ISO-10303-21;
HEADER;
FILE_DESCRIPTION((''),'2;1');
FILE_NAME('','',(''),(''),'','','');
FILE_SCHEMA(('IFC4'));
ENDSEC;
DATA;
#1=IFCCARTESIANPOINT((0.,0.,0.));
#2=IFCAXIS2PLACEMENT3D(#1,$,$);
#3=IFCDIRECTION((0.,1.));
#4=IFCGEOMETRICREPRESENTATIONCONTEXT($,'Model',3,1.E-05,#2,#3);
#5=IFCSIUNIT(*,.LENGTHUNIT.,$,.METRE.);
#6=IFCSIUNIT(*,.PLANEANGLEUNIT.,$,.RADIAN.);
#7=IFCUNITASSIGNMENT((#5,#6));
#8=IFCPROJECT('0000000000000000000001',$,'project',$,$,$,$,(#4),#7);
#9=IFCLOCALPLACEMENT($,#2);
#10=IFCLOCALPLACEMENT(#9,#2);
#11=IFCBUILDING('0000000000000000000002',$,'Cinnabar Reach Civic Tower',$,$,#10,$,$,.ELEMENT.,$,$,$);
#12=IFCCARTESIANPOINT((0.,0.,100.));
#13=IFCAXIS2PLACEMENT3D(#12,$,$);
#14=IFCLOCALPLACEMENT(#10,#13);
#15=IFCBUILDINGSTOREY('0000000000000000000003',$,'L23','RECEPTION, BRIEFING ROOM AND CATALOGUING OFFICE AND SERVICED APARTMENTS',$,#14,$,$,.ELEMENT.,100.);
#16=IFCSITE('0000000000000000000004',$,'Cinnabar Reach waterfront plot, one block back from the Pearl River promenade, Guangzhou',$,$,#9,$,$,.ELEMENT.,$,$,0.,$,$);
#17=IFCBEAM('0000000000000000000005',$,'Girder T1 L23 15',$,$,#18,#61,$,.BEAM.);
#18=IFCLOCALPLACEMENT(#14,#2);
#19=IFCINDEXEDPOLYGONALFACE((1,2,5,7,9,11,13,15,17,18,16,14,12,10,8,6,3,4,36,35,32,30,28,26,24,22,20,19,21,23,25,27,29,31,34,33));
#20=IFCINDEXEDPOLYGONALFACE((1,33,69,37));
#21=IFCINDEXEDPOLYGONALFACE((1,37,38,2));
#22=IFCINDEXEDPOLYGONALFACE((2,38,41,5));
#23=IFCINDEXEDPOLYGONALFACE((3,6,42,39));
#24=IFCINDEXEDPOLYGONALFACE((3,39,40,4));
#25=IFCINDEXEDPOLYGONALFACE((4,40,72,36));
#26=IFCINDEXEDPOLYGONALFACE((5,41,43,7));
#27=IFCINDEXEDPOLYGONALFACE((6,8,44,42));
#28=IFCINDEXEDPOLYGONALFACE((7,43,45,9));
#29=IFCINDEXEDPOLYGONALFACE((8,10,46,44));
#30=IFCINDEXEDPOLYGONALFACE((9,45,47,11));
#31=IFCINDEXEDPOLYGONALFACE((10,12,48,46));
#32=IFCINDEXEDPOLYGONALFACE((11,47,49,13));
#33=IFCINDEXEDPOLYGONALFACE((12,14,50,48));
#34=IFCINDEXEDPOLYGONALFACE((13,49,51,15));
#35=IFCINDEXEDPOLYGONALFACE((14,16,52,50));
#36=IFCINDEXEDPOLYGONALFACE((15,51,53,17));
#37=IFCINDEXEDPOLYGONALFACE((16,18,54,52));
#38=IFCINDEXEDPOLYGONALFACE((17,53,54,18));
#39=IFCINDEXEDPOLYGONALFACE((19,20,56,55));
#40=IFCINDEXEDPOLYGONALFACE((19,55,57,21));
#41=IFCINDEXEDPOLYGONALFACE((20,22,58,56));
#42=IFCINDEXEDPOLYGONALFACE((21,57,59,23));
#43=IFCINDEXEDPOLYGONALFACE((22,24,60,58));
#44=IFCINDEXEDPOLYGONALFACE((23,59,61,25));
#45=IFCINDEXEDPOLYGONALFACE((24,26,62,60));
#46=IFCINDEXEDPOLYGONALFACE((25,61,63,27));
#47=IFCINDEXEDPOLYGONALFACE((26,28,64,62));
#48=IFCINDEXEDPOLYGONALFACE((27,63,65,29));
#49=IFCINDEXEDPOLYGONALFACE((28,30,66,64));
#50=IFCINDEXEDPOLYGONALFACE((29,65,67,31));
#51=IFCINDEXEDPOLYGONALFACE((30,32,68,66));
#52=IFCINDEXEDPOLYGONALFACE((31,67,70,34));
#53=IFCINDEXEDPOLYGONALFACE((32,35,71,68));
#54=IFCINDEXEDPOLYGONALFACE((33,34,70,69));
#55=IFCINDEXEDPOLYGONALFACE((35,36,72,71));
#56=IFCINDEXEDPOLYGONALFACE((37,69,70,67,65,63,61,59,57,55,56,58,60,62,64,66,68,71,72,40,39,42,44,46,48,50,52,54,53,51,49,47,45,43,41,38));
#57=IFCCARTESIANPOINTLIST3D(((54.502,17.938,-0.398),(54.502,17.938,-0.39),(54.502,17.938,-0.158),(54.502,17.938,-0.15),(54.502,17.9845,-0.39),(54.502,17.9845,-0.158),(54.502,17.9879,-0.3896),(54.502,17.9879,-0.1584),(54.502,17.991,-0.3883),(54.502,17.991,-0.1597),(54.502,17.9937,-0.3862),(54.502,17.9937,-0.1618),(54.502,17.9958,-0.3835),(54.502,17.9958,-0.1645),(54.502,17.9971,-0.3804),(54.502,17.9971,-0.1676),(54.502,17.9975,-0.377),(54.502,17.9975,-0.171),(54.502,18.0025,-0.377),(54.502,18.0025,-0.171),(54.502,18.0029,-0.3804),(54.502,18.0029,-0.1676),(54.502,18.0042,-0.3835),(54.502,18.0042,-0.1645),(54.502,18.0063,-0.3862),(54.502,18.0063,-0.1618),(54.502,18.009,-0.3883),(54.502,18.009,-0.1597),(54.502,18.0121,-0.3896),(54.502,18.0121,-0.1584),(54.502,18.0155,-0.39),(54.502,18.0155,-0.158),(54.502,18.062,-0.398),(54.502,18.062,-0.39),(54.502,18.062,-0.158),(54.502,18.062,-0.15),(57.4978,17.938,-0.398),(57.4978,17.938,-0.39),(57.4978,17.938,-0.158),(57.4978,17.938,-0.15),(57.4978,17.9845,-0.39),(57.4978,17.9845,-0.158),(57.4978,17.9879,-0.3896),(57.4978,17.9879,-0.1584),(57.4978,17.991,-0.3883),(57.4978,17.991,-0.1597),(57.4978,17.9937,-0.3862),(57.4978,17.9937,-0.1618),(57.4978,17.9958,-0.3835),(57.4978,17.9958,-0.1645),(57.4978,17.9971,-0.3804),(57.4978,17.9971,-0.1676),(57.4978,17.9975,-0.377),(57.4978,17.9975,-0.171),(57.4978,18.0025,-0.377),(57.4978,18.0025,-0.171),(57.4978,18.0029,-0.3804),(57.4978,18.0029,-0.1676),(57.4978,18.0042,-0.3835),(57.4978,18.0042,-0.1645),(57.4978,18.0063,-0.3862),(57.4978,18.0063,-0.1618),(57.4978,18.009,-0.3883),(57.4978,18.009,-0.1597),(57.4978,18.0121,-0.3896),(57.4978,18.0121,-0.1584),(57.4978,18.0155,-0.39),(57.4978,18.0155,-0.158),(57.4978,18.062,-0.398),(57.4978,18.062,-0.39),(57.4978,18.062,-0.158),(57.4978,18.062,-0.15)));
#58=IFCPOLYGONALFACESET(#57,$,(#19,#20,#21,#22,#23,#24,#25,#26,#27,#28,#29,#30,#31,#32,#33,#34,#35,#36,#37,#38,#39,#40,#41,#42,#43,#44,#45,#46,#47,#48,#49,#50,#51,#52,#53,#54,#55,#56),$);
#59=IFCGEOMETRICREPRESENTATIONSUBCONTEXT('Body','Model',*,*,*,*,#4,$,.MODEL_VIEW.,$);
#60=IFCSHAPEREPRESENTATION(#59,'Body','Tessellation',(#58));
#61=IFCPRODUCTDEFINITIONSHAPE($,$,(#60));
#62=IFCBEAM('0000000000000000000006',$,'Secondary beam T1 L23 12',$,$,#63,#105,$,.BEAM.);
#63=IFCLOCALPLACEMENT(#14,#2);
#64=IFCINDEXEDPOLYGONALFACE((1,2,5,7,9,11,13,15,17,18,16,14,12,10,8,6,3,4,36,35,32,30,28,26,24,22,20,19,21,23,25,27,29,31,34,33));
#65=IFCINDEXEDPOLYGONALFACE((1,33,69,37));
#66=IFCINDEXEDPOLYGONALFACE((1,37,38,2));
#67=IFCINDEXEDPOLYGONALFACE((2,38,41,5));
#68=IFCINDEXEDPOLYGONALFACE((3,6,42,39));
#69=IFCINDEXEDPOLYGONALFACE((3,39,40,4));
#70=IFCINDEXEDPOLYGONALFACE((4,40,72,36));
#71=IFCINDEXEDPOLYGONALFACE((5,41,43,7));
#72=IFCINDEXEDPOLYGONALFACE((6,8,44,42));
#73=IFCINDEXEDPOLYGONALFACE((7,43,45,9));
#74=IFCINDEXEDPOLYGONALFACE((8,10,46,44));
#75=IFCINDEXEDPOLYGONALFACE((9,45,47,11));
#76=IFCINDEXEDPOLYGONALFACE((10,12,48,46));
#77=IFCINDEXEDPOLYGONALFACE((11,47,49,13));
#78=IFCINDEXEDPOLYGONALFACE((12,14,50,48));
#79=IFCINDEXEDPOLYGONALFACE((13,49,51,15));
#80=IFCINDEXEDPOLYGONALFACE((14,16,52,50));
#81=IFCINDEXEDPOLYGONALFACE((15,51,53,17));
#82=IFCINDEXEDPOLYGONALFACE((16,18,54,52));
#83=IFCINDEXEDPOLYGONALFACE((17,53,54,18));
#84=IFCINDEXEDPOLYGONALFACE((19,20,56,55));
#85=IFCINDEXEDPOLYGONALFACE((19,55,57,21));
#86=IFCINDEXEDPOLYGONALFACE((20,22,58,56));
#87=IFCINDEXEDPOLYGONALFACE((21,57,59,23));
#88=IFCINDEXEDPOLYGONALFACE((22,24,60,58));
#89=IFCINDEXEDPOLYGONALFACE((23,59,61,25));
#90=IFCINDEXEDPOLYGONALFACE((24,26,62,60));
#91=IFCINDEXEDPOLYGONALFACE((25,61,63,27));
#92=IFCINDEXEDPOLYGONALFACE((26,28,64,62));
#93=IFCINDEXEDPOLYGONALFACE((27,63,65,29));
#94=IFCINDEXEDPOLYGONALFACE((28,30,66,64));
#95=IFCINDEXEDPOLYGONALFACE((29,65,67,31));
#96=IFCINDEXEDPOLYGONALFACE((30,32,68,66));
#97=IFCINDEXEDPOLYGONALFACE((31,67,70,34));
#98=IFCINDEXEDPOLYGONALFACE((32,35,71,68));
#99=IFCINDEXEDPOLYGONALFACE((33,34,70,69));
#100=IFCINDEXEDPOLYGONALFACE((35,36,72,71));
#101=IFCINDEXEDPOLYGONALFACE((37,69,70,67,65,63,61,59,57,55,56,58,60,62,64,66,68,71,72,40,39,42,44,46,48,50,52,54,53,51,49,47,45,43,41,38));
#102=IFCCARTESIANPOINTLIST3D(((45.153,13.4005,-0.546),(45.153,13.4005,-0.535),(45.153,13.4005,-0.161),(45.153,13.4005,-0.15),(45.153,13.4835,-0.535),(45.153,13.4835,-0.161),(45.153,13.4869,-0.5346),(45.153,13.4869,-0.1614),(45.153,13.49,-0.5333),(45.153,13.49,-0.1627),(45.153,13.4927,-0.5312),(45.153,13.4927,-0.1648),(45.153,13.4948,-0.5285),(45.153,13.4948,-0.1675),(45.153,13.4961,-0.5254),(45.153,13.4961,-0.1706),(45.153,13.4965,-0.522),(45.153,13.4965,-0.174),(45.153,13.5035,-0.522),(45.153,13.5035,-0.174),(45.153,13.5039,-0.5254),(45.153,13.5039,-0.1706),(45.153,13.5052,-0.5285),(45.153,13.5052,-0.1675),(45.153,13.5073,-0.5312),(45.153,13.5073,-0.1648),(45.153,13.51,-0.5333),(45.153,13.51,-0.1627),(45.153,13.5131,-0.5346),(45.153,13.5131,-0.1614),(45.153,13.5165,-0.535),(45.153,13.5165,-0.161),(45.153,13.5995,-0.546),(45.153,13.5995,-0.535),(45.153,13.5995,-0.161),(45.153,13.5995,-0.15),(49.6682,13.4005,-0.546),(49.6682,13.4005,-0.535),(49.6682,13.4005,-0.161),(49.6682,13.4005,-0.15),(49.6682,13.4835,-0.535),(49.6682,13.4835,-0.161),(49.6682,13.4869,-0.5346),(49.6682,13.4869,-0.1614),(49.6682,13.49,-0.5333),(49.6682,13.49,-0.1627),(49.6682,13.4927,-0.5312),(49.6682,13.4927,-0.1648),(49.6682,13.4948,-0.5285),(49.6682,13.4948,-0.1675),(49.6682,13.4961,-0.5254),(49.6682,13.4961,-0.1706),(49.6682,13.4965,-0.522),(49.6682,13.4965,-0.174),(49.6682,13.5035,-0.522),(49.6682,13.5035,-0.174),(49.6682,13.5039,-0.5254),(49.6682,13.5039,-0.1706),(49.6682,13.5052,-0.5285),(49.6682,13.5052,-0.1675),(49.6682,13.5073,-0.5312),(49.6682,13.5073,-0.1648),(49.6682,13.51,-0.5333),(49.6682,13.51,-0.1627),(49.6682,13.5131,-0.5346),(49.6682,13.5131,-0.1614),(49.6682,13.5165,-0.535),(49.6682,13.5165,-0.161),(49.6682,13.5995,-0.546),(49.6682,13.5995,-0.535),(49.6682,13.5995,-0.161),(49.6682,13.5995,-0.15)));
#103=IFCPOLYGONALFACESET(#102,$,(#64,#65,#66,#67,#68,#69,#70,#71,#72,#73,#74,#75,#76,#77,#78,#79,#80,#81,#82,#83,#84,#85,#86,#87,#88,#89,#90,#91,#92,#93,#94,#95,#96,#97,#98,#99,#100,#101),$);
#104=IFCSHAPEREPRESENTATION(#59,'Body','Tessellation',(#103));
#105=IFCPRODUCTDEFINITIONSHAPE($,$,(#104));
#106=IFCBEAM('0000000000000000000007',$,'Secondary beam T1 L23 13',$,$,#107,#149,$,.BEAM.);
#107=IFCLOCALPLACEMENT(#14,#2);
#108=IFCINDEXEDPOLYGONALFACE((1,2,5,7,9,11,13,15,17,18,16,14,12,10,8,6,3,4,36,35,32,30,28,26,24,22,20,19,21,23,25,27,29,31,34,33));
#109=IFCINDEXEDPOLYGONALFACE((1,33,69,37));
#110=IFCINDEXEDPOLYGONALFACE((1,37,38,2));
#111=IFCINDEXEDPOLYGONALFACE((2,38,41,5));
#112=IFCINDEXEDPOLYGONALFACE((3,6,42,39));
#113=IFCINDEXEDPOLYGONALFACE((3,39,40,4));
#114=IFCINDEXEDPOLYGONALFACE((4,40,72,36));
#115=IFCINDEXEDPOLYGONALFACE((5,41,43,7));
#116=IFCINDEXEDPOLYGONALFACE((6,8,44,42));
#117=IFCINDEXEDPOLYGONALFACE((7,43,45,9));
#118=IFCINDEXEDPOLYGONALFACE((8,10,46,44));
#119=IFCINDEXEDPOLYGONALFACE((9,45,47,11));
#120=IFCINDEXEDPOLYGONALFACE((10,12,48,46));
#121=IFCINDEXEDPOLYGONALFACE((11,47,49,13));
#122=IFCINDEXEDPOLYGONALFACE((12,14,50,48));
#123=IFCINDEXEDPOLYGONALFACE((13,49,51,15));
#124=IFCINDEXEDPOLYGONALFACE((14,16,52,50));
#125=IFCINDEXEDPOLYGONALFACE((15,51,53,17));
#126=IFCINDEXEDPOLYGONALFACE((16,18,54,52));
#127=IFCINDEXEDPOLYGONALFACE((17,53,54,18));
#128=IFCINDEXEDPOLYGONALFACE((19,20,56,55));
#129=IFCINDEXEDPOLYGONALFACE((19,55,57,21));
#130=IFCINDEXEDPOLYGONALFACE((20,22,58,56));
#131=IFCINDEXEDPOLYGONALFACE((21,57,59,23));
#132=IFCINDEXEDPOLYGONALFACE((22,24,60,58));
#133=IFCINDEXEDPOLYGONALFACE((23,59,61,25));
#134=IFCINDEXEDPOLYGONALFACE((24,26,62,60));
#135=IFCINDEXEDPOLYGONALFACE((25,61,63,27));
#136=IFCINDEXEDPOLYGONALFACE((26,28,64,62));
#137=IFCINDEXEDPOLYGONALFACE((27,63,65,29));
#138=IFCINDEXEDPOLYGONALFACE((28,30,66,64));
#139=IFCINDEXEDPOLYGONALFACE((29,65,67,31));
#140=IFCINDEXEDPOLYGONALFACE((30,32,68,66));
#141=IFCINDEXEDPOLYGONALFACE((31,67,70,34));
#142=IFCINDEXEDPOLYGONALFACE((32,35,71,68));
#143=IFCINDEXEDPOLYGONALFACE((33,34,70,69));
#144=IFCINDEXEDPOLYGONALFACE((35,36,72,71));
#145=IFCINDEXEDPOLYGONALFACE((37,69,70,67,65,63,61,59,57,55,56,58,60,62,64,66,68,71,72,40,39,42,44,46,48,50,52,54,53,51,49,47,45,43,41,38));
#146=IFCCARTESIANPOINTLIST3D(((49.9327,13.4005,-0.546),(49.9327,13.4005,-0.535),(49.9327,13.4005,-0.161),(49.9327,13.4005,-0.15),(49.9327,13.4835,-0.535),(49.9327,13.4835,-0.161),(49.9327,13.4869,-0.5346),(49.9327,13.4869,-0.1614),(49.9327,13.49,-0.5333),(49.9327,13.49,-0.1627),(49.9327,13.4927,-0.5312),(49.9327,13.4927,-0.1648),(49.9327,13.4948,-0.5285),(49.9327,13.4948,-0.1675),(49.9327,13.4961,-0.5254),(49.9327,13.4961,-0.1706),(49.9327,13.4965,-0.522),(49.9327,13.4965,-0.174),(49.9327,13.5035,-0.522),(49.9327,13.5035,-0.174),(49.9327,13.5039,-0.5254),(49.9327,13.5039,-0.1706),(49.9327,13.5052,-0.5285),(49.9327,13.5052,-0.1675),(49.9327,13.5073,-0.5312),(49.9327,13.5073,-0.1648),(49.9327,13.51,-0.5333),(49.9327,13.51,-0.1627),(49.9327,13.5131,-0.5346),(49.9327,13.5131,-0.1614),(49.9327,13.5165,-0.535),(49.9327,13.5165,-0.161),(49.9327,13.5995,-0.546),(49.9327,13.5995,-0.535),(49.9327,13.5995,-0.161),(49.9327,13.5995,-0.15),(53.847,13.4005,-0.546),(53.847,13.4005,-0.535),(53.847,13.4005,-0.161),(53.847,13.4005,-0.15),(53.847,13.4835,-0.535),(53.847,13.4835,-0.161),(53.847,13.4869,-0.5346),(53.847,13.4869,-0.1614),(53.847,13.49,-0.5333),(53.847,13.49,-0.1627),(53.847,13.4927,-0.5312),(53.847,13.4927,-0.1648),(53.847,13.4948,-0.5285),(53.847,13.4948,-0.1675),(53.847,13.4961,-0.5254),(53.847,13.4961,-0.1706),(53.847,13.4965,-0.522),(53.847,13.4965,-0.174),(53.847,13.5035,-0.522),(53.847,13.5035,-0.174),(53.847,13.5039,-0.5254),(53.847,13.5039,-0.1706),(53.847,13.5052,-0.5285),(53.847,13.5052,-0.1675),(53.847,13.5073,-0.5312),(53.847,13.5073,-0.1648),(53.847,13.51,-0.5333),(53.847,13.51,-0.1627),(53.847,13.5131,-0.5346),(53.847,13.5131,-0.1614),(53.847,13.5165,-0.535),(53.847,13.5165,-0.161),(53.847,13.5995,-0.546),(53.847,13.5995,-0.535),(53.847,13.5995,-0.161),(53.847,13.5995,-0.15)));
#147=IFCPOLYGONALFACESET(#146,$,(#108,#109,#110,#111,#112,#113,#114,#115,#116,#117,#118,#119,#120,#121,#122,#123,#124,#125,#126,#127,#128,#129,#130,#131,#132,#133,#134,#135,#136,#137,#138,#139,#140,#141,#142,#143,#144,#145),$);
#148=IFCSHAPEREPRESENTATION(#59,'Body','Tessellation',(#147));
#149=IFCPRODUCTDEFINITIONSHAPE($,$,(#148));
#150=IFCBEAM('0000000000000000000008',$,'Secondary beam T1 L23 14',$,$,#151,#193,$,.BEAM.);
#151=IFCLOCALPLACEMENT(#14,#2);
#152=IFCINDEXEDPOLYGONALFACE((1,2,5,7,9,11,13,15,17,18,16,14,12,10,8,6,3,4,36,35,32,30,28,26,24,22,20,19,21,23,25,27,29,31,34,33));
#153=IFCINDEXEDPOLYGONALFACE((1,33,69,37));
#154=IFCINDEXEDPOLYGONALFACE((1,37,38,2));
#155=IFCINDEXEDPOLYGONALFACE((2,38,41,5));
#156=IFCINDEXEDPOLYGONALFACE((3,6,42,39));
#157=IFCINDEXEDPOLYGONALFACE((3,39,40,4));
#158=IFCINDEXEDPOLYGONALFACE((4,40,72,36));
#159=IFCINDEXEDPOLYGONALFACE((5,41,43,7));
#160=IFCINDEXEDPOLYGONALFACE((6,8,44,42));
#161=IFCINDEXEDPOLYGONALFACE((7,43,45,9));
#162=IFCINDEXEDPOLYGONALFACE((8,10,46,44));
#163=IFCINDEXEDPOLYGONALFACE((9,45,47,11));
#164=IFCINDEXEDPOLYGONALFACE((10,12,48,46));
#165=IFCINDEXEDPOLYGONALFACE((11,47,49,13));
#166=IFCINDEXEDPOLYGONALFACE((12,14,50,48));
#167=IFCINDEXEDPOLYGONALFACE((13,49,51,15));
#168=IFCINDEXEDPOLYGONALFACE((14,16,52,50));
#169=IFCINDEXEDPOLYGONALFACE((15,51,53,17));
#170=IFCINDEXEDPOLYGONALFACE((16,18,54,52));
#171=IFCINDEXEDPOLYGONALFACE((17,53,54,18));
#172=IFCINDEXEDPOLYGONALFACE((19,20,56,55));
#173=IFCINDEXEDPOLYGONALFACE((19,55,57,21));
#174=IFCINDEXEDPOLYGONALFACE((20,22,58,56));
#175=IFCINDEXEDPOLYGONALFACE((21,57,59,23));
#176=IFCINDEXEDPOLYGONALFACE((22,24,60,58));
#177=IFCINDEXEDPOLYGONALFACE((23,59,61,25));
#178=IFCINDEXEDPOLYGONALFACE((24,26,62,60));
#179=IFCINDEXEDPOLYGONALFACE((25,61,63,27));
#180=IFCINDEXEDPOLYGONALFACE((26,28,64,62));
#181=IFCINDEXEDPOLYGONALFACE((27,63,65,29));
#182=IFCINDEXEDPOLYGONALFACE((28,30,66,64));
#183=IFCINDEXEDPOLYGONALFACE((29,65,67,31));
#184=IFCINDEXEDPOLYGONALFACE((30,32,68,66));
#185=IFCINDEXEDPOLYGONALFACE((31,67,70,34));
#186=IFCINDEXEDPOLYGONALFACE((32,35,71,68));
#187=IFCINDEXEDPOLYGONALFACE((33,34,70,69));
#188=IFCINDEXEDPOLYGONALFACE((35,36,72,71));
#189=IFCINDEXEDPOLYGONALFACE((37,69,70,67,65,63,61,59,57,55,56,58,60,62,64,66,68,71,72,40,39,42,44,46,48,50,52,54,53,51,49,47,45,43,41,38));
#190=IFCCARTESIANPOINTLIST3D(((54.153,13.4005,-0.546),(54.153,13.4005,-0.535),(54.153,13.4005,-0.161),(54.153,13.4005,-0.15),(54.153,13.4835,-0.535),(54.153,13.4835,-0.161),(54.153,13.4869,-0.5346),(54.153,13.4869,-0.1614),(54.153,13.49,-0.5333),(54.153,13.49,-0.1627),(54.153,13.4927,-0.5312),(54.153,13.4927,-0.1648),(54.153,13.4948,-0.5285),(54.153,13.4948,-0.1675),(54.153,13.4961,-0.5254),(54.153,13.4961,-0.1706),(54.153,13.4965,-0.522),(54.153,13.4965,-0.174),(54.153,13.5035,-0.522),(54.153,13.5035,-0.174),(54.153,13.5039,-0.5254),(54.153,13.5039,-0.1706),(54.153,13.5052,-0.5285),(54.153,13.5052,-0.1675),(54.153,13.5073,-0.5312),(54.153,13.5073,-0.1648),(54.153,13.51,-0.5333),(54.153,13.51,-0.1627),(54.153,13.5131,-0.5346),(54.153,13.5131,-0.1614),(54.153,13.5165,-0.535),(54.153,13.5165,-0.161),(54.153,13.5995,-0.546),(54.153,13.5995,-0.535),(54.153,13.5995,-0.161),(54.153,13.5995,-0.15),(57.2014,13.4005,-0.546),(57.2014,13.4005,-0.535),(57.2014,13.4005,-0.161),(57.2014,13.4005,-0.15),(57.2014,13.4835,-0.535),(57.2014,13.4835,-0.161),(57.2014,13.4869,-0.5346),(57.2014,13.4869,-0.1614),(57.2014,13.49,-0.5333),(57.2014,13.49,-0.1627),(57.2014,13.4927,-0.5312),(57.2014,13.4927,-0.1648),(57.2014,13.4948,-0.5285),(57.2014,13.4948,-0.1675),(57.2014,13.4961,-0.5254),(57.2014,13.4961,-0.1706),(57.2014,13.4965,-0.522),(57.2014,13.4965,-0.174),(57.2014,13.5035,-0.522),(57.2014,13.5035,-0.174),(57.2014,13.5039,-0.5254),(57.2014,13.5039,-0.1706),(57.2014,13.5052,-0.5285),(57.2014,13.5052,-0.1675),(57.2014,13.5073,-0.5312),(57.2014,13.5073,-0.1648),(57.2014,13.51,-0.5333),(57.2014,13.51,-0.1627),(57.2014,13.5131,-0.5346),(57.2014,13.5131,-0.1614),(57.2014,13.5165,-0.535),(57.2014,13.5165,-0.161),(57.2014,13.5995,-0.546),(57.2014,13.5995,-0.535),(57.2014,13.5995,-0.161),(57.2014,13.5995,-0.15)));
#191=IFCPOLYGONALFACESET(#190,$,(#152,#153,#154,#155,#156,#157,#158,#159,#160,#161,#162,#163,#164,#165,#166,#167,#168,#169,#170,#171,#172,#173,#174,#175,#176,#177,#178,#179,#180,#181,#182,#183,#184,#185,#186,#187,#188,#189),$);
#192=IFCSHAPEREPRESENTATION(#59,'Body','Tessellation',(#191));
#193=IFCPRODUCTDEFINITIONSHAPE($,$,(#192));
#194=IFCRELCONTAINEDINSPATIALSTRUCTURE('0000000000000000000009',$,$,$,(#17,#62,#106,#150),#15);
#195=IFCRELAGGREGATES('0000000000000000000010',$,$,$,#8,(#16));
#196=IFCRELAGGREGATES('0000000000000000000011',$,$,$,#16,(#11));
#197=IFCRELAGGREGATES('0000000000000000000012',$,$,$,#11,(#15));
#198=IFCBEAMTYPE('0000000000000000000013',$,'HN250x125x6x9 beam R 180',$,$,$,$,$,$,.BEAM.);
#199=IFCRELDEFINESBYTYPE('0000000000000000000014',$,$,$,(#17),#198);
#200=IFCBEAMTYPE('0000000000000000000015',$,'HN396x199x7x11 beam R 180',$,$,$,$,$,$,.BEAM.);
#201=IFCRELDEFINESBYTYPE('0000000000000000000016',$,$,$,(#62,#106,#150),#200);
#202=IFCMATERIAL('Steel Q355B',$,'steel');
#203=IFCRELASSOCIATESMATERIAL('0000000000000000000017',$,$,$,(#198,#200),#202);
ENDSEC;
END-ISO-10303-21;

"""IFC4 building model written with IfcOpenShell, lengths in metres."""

from ifc_helpers import new_model, si_unit, direction, frame, origin, origin_2d, place, context, subcontext, project, spatial, i_section, extrude, material, material_profile, profile_set, type_object, element, save


model = new_model("IFC4")

# Units and contexts
model_context = context("Model", 3, precision=1e-05, world=origin(), true_north=direction((0.0, 1.0)))
body_context = subcontext(model_context, "Body", "Model", "MODEL_VIEW")
ifc_project = project(units=[si_unit("LENGTHUNIT", "METRE"), si_unit("PLANEANGLEUNIT", "RADIAN")], contexts=[model_context])

# Site, building, storey
site_placement = place(None, origin())
site = spatial("IfcSite", under=ifc_project, at=site_placement, Name="Cinnabar Reach waterfront plot, one block back from the Pearl River promenade, Guangzhou", CompositionType="ELEMENT", RefElevation=0.0)
building_placement = place(site_placement, origin())
building = spatial("IfcBuilding", under=site, at=building_placement, Name="Cinnabar Reach Civic Tower", CompositionType="ELEMENT")
storey_placement = place(building_placement, frame((0.0, 0.0, 100.0)))
storey = spatial("IfcBuildingStorey", under=building, at=storey_placement, Name="L23", Description="RECEPTION, BRIEFING ROOM AND CATALOGUING OFFICE AND SERVICED APARTMENTS", CompositionType="ELEMENT", Elevation=100.0)

# Beams
ifc_material_1 = material(Name="Steel Q355B", Category="steel")
ifc_material_profile_1 = material_profile(ifc_material_1, i_section(OverallWidth=0.124, OverallDepth=0.248, WebThickness=0.005, FlangeThickness=0.008, FilletRadius=0.013, at=origin_2d()), Name="HN250x125x6x9")
ifc_profile_set_1 = profile_set([ifc_material_profile_1], Name="Steel Q355B")
beam_type_1 = type_object("IfcBeamType", Name="HN250x125x6x9 beam R 180", PredefinedType="BEAM", material=ifc_profile_set_1)
beam_1_placement = place(storey_placement, frame((54.502, 18.0, -0.274), z_axis=(1.0, 0.0, 0.0), x_axis=(0.0, 1.0, 0.0)))
element("IfcBeam", 1, at=beam_1_placement, inside=storey, type_object=beam_type_1, Name="Girder T1 L23 15", PredefinedType="BEAM", context=body_context, shape_type="SweptSolid", body=[
    extrude(i_section(OverallWidth=0.124, OverallDepth=0.248, WebThickness=0.005, FlangeThickness=0.008, FilletRadius=0.013, at=origin_2d()), origin(), (0.0, 0.0, 1.0), 2.9958),
])
ifc_material_profile_2 = material_profile(ifc_material_1, i_section(OverallWidth=0.199, OverallDepth=0.396, WebThickness=0.007, FlangeThickness=0.011, FilletRadius=0.013, at=origin_2d()), Name="HN396x199x7x11")
ifc_profile_set_2 = profile_set([ifc_material_profile_2], Name="Steel Q355B")
beam_type_2 = type_object("IfcBeamType", Name="HN396x199x7x11 beam R 180", PredefinedType="BEAM", material=ifc_profile_set_2)
beam_2_placement = place(storey_placement, frame((45.153, 13.5, -0.348), z_axis=(1.0, 0.0, 0.0), x_axis=(0.0, 1.0, 0.0)))
element("IfcBeam", 2, at=beam_2_placement, inside=storey, type_object=beam_type_2, Name="Secondary beam T1 L23 12", PredefinedType="BEAM", context=body_context, shape_type="SweptSolid", body=[
    extrude(i_section(OverallWidth=0.199, OverallDepth=0.396, WebThickness=0.007, FlangeThickness=0.011, FilletRadius=0.013, at=origin_2d()), origin(), (0.0, 0.0, 1.0), 4.5152),
])
beam_3_placement = place(storey_placement, frame((49.9327, 13.5, -0.348), z_axis=(1.0, 0.0, 0.0), x_axis=(0.0, 1.0, 0.0)))
element("IfcBeam", 3, at=beam_3_placement, inside=storey, type_object=beam_type_2, Name="Secondary beam T1 L23 13", PredefinedType="BEAM", context=body_context, shape_type="SweptSolid", body=[
    extrude(i_section(OverallWidth=0.199, OverallDepth=0.396, WebThickness=0.007, FlangeThickness=0.011, FilletRadius=0.013, at=origin_2d()), origin(), (0.0, 0.0, 1.0), 3.9143),
])
beam_4_placement = place(storey_placement, frame((54.153, 13.5, -0.348), z_axis=(1.0, 0.0, 0.0), x_axis=(0.0, 1.0, 0.0)))
element("IfcBeam", 4, at=beam_4_placement, inside=storey, type_object=beam_type_2, Name="Secondary beam T1 L23 14", PredefinedType="BEAM", context=body_context, shape_type="SweptSolid", body=[
    extrude(i_section(OverallWidth=0.199, OverallDepth=0.396, WebThickness=0.007, FlangeThickness=0.011, FilletRadius=0.013, at=origin_2d()), origin(), (0.0, 0.0, 1.0), 3.0484),
])

save(model, "model.ifc")
